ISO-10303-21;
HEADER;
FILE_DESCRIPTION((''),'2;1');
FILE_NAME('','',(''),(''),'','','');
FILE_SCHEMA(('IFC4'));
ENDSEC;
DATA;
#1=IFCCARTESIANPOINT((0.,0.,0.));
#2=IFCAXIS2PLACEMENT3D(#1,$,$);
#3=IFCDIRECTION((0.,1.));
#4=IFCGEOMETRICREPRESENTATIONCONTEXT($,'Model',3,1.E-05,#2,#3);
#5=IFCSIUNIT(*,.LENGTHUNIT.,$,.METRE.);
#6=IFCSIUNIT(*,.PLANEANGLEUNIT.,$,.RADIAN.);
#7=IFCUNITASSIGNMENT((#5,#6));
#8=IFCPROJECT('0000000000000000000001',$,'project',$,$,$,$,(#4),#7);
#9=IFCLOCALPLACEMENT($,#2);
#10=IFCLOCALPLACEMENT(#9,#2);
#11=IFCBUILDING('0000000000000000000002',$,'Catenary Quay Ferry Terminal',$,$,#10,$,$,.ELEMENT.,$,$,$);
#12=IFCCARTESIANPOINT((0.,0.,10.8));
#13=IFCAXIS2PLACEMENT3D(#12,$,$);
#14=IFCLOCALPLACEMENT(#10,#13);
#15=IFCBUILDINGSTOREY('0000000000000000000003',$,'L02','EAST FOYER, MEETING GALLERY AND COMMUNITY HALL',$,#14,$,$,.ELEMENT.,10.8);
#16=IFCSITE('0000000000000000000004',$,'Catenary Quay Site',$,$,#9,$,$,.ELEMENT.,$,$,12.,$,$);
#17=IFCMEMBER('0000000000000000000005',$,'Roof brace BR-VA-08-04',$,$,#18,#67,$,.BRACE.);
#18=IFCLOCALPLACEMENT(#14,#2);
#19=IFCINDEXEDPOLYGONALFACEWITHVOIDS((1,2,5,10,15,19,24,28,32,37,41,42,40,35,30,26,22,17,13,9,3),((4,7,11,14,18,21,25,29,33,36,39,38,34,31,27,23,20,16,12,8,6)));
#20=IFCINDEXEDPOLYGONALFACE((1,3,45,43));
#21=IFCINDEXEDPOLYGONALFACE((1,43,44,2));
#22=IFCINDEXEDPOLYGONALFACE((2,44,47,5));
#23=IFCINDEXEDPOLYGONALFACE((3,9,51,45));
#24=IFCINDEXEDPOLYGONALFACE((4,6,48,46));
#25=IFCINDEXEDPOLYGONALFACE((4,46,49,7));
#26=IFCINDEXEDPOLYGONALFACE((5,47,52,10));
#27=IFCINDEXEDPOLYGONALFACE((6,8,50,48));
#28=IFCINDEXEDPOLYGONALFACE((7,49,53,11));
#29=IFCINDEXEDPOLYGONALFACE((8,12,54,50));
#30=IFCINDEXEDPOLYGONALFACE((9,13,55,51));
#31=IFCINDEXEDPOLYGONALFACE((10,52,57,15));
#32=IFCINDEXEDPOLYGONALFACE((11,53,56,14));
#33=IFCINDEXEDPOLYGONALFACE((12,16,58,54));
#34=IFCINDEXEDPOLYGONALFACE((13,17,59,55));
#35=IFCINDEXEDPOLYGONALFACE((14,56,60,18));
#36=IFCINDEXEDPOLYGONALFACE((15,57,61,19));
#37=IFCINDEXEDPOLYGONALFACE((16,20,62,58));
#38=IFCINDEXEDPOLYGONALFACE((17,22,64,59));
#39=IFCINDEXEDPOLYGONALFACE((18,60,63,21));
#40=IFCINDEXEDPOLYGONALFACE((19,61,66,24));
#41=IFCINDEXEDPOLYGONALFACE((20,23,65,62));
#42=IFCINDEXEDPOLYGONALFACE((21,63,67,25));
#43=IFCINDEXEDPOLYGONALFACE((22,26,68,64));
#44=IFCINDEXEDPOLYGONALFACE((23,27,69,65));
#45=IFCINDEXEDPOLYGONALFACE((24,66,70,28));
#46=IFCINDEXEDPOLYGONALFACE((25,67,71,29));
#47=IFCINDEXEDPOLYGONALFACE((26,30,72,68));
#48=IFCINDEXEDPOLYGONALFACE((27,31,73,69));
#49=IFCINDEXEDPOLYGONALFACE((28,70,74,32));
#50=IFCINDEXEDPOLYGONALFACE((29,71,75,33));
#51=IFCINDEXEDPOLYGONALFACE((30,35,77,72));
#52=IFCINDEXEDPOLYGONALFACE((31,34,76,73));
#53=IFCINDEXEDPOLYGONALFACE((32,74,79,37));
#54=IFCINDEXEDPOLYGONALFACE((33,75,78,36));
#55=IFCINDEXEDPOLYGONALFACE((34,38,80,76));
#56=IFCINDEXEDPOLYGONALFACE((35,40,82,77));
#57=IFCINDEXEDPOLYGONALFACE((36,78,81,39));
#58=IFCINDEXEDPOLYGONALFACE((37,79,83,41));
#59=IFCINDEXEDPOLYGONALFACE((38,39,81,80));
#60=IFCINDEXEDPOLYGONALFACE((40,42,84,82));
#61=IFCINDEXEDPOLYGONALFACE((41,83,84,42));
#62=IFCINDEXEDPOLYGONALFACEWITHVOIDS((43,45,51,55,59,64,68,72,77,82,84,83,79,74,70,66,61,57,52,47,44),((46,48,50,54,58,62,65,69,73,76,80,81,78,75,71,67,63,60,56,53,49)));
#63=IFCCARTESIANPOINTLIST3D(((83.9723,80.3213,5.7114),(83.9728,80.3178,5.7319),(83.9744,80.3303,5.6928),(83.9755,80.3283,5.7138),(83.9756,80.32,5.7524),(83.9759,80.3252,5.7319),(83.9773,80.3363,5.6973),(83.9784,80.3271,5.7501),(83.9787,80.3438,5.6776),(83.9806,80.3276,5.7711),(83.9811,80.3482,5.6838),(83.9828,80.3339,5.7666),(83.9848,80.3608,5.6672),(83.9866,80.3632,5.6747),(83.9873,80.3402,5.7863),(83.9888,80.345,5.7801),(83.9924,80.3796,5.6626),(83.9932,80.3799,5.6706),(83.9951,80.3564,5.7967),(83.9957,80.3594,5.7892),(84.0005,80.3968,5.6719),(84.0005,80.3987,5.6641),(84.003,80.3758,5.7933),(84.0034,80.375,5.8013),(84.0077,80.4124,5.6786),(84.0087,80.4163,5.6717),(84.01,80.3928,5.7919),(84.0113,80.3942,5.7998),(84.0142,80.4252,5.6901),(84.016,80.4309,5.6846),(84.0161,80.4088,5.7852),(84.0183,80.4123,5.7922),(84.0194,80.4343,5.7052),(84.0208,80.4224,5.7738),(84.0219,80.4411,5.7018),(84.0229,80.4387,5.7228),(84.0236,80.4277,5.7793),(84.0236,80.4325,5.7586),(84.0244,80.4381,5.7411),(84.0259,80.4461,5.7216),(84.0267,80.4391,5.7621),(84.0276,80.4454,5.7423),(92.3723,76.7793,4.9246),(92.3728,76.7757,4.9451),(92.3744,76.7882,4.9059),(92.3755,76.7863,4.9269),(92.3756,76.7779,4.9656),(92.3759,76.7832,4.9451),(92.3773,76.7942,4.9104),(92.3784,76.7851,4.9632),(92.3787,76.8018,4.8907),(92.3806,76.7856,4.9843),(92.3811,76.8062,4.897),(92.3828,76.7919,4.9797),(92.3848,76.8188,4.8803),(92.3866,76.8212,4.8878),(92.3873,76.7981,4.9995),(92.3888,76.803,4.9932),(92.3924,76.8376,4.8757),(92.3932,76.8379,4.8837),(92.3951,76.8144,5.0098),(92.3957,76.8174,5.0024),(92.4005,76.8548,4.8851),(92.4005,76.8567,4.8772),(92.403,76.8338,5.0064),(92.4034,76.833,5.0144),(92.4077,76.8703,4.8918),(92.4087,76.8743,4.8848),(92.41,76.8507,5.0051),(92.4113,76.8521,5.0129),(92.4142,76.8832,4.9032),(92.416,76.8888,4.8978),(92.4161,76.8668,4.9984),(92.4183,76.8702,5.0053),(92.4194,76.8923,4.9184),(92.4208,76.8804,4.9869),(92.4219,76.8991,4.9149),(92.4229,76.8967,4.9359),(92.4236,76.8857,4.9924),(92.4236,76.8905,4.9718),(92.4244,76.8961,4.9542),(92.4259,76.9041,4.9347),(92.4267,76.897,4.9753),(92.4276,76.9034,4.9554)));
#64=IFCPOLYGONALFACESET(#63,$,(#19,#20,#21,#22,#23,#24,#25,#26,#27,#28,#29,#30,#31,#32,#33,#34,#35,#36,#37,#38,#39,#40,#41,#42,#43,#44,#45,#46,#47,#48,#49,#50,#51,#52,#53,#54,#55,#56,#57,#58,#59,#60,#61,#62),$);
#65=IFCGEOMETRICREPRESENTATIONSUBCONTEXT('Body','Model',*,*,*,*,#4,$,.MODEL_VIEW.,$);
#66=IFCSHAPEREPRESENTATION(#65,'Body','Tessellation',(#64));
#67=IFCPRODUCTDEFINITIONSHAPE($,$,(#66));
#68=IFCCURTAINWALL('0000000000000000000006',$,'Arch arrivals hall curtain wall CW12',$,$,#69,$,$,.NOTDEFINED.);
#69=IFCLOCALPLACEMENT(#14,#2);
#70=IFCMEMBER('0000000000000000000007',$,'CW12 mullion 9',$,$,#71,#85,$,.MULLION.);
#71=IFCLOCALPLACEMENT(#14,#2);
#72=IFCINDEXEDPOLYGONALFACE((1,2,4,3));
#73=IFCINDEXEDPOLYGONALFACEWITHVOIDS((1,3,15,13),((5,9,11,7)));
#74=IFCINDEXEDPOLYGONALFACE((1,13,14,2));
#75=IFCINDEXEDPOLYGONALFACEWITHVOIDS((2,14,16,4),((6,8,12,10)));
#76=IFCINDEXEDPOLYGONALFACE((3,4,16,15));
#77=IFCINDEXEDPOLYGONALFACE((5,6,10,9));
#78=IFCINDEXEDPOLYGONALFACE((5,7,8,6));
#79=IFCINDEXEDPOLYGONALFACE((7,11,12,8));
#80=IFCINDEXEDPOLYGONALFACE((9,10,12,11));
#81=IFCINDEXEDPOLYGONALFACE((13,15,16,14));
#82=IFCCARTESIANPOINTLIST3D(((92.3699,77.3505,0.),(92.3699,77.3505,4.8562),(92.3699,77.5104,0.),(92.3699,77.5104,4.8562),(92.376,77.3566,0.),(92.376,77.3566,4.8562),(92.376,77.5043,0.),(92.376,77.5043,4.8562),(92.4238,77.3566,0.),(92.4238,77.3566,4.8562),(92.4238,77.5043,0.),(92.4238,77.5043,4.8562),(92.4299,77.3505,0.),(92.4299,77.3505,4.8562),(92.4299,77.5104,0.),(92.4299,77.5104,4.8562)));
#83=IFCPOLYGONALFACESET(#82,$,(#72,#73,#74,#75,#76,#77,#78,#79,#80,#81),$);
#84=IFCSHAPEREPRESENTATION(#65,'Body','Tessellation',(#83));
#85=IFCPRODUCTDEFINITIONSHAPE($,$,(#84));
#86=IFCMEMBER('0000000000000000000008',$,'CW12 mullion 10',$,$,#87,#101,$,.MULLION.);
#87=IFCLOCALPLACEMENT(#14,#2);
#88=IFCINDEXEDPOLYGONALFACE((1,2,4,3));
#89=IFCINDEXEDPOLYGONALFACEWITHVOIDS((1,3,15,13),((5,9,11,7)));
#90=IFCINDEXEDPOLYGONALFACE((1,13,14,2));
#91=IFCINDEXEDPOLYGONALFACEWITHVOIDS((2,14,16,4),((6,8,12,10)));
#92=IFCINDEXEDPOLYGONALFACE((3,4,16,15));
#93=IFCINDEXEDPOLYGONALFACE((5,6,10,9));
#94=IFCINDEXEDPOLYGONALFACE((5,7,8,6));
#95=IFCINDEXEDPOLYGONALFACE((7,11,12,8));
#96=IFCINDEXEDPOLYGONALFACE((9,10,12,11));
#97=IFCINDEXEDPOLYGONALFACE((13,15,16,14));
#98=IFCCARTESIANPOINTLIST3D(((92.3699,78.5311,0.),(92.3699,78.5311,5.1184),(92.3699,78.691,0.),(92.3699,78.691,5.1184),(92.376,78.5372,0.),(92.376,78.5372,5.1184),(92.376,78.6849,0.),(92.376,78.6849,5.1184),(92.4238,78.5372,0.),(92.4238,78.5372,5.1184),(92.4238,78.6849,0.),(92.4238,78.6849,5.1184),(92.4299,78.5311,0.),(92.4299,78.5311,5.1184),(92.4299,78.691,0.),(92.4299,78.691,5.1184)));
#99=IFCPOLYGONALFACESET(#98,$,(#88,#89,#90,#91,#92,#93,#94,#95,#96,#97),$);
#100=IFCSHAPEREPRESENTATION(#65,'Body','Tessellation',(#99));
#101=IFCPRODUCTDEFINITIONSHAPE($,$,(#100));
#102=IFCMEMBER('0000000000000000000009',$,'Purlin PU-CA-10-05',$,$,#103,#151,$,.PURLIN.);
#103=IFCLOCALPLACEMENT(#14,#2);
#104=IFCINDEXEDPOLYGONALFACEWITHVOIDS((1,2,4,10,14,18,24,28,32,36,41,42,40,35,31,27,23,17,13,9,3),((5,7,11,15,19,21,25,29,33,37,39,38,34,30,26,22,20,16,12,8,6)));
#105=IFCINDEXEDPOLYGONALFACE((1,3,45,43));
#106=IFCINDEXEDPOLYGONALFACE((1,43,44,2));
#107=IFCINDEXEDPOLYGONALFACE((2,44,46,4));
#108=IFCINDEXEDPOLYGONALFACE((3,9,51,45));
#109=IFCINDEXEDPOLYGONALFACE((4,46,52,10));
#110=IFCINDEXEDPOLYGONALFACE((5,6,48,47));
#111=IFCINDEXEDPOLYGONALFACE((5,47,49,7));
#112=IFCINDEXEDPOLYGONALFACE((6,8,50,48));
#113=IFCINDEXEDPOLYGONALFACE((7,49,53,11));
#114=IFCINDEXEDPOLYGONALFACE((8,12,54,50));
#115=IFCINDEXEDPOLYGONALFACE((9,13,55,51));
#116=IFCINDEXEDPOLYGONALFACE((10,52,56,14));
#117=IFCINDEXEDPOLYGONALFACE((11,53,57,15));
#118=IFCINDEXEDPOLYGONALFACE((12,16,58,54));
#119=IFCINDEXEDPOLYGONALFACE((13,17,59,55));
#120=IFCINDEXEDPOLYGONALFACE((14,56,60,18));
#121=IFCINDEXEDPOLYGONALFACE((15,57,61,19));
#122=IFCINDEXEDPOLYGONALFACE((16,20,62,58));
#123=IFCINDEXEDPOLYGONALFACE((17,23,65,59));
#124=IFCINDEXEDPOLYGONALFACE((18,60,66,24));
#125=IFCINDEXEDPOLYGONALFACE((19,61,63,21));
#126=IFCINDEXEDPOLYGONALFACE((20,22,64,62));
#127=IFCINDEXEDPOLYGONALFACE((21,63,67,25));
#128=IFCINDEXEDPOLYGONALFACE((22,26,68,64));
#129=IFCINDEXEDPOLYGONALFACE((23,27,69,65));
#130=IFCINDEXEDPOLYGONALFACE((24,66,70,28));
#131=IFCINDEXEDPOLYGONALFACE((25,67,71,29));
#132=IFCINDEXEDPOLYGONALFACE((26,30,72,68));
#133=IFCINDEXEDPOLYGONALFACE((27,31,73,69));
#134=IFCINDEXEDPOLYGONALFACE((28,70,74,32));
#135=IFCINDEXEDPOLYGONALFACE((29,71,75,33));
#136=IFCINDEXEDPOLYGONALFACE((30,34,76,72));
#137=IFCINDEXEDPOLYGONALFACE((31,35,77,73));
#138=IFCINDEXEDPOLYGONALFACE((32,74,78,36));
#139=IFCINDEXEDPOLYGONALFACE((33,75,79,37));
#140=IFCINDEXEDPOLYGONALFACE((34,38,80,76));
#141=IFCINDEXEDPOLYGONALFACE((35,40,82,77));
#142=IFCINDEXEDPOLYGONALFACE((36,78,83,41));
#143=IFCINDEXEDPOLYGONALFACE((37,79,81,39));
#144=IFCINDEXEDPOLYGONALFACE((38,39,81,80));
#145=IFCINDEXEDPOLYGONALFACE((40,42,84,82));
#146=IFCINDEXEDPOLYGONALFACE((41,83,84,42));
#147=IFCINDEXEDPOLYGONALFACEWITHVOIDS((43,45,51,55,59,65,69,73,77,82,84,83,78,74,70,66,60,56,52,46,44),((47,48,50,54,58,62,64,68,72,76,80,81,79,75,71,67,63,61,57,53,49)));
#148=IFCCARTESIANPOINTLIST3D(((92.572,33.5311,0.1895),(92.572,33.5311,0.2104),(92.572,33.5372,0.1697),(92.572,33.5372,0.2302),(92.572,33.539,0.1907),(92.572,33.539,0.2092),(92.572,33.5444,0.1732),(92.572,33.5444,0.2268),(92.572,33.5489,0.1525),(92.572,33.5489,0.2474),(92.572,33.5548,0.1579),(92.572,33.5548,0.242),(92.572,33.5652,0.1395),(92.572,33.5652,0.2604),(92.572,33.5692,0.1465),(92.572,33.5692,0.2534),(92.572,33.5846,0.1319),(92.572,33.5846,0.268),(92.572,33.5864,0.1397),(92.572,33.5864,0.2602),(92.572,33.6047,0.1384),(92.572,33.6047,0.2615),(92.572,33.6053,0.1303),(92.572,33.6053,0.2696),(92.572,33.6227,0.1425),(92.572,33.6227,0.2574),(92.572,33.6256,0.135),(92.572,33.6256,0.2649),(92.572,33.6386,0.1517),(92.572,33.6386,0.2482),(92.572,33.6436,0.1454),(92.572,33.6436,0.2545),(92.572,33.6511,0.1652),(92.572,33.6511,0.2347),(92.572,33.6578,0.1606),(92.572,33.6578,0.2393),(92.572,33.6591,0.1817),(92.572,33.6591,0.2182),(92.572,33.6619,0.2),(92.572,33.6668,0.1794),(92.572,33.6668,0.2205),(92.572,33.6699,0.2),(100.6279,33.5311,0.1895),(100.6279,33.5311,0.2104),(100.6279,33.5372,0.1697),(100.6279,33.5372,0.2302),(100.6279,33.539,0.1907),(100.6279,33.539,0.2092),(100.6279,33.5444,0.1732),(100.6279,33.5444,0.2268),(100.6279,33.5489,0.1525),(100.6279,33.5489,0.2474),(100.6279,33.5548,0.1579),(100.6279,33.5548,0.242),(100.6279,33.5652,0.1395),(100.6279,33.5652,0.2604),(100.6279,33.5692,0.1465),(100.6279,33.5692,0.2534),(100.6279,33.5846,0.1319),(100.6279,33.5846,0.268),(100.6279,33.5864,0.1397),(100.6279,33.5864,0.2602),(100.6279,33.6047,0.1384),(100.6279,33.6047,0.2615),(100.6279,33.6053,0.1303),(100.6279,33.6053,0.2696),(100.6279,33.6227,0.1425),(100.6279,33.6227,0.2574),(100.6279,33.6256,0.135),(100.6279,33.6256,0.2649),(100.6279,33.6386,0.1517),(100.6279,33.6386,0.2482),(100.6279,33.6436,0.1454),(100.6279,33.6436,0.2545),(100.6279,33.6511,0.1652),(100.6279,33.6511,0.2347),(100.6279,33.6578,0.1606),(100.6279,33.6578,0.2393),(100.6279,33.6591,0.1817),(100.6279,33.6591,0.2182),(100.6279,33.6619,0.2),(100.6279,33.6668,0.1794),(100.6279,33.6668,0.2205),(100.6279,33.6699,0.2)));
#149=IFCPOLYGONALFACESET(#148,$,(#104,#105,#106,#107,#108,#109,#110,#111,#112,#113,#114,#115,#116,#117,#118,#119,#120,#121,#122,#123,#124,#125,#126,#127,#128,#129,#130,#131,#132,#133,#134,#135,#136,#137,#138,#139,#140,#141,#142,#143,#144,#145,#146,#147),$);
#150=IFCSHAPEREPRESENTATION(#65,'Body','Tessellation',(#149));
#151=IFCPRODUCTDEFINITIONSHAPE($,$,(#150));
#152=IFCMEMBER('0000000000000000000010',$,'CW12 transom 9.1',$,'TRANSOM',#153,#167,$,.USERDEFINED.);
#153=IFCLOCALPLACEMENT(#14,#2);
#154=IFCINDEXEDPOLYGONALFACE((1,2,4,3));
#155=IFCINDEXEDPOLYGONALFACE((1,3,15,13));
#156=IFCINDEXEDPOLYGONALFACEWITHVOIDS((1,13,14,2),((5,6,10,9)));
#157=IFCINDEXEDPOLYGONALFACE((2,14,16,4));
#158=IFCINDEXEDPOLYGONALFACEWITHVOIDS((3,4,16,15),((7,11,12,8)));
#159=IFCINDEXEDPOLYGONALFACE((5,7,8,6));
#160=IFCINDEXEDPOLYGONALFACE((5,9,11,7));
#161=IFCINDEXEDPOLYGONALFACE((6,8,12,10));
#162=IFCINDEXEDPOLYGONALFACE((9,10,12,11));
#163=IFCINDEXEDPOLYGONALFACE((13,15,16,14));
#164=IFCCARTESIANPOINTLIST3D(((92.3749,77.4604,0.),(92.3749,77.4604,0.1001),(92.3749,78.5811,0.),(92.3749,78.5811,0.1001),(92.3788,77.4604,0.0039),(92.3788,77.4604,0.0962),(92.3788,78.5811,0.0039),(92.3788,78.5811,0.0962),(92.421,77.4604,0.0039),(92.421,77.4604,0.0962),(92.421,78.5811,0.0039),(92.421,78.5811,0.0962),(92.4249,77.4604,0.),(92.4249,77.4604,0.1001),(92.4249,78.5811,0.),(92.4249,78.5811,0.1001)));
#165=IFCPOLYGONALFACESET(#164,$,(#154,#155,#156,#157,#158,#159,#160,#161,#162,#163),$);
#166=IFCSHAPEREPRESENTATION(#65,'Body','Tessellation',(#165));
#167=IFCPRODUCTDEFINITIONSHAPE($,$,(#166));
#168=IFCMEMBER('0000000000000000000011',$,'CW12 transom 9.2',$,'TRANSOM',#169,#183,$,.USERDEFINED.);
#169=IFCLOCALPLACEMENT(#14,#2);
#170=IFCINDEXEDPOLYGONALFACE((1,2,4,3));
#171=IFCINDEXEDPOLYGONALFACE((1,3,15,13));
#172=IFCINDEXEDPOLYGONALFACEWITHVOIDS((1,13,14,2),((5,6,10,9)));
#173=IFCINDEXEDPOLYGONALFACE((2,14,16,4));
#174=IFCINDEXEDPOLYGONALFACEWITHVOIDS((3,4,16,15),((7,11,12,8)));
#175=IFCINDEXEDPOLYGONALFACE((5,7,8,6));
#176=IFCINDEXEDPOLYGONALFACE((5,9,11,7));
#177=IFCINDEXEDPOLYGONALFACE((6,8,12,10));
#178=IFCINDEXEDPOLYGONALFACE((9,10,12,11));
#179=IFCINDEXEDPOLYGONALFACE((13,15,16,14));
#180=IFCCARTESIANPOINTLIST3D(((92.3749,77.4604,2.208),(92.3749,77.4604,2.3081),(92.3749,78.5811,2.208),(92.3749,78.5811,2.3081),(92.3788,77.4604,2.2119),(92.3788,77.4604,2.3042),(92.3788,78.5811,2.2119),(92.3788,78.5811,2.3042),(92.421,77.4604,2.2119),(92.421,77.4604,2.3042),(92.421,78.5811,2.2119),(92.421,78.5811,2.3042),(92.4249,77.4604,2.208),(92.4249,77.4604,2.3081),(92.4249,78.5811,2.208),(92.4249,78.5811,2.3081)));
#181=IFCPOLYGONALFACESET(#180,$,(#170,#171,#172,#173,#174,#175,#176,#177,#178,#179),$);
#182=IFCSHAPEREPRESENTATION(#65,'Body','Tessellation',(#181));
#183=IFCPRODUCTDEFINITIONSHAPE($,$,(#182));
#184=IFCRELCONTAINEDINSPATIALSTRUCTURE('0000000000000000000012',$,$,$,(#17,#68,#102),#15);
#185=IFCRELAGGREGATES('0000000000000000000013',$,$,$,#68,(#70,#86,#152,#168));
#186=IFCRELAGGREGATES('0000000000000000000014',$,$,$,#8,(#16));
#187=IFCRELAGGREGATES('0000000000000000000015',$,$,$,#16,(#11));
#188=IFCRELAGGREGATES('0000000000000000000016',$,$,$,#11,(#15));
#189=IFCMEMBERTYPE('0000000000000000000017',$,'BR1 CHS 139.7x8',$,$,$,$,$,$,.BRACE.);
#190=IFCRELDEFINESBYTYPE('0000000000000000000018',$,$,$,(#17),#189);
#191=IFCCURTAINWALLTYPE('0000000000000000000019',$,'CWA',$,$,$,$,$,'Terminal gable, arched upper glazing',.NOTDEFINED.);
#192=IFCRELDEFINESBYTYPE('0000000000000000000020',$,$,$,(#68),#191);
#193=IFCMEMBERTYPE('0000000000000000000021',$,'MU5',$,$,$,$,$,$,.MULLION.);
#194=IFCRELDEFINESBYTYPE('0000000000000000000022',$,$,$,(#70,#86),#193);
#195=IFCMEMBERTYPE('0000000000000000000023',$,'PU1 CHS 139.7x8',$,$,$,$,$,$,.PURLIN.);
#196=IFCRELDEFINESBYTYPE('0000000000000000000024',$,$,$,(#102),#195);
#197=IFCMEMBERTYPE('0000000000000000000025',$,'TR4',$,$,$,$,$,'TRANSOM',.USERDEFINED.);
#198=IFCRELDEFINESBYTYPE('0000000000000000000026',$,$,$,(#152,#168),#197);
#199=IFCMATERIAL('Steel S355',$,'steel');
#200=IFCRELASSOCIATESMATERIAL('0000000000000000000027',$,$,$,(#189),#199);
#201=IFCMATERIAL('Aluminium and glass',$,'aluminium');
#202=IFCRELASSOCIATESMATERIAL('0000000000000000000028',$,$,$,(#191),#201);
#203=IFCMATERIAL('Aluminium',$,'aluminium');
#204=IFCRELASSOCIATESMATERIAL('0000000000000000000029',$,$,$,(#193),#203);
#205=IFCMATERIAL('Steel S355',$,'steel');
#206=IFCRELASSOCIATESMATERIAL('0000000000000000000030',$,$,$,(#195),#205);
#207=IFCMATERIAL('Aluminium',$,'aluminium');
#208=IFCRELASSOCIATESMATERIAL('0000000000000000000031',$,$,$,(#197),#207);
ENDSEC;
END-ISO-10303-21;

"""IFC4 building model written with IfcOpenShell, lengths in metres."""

from ifc_helpers import new_model, si_unit, direction, frame, origin, origin_2d, place, context, subcontext, project, spatial, hollow_rectangle, hollow_circle, extrude, material, material_profile, profile_set, type_object, element, aggregate, save


model = new_model("IFC4")

# Units and contexts
model_context = context("Model", 3, precision=1e-05, world=origin(), true_north=direction((0.0, 1.0)))
body_context = subcontext(model_context, "Body", "Model", "MODEL_VIEW")
ifc_project = project(units=[si_unit("LENGTHUNIT", "METRE"), si_unit("PLANEANGLEUNIT", "RADIAN")], contexts=[model_context])

# Site, building, storey
site_placement = place(None, origin())
site = spatial("IfcSite", under=ifc_project, at=site_placement, Name="Catenary Quay Site", CompositionType="ELEMENT", RefElevation=12.0)
building_placement = place(site_placement, origin())
building = spatial("IfcBuilding", under=site, at=building_placement, Name="Catenary Quay Ferry Terminal", CompositionType="ELEMENT")
storey_placement = place(building_placement, frame((0.0, 0.0, 10.8)))
storey = spatial("IfcBuildingStorey", under=building, at=storey_placement, Name="L02", Description="EAST FOYER, MEETING GALLERY AND COMMUNITY HALL", CompositionType="ELEMENT", Elevation=10.8)

# Member
ifc_material_1 = material(Name="Steel S355", Category="steel")
ifc_material_profile_1 = material_profile(ifc_material_1, hollow_circle(Radius=0.0698, WallThickness=0.0081, at=origin_2d()), Name="CHS 139.7x8")
ifc_profile_set_1 = profile_set([ifc_material_profile_1], Name="Steel S355")
member_type_1 = type_object("IfcMemberType", Name="BR1 CHS 139.7x8", PredefinedType="BRACE", material=ifc_profile_set_1)
member_1_placement = place(storey_placement, frame((92.3999, 76.8401, 4.9451), z_axis=(-0.918018, 0.387101, 0.085996), x_axis=(-0.388541, -0.921432, 0.0)))
element("IfcMember", 1, at=member_1_placement, inside=storey, type_object=member_type_1, Name="Roof brace BR-VA-08-04", PredefinedType="BRACE", context=body_context, shape_type="SweptSolid", body=[
    extrude(hollow_circle(Radius=0.0698, WallThickness=0.0081, at=origin_2d()), origin(), (0.0, 0.0, 1.0), 9.1501),
])

# Curtain wall, members
ifc_material_2 = material(Name="Aluminium and glass", Category="aluminium")
curtain_wall_type = type_object("IfcCurtainWallType", Name="CWA", ElementType="Terminal gable, arched upper glazing", PredefinedType="NOTDEFINED", material=ifc_material_2)
curtain_wall_placement = place(storey_placement, origin())
curtain_wall = element("IfcCurtainWall", 2, at=curtain_wall_placement, inside=storey, type_object=curtain_wall_type, Name="Arch arrivals hall curtain wall CW12", PredefinedType="NOTDEFINED")
ifc_material_3 = material(Name="Aluminium", Category="aluminium")
ifc_material_profile_2 = material_profile(ifc_material_3, hollow_rectangle(XDim=0.0601, YDim=0.1599, WallThickness=0.0061, at=origin_2d()), Name="MU5")
ifc_profile_set_2 = profile_set([ifc_material_profile_2], Name="Aluminium")
member_type_2 = type_object("IfcMemberType", Name="MU5", PredefinedType="MULLION", material=ifc_profile_set_2)
member_2_placement = place(storey_placement, frame((92.3999, 77.4304, 0.0), z_axis=(0.0, 0.0, 1.0), x_axis=(-1.0, 0.0, 0.0)))
member_2 = element("IfcMember", 3, at=member_2_placement, type_object=member_type_2, Name="CW12 mullion 9", PredefinedType="MULLION", context=body_context, shape_type="SweptSolid", body=[
    extrude(hollow_rectangle(XDim=0.0601, YDim=0.1599, WallThickness=0.0061, at=origin_2d()), origin(), (0.0, 0.0, 1.0), 4.8562),
])
member_3_placement = place(storey_placement, frame((92.3999, 78.6111, 0.0), z_axis=(0.0, 0.0, 1.0), x_axis=(-1.0, 0.0, 0.0)))
member_3 = element("IfcMember", 4, at=member_3_placement, type_object=member_type_2, Name="CW12 mullion 10", PredefinedType="MULLION", context=body_context, shape_type="SweptSolid", body=[
    extrude(hollow_rectangle(XDim=0.0601, YDim=0.1599, WallThickness=0.0061, at=origin_2d()), origin(), (0.0, 0.0, 1.0), 5.1184),
])

# Members
ifc_material_4 = material(Name="Steel S355", Category="steel")
ifc_material_profile_3 = material_profile(ifc_material_4, hollow_circle(Radius=0.0698, WallThickness=0.0081, at=origin_2d()), Name="CHS 139.7x8")
ifc_profile_set_3 = profile_set([ifc_material_profile_3], Name="Steel S355")
member_type_3 = type_object("IfcMemberType", Name="PU1 CHS 139.7x8", PredefinedType="PURLIN", material=ifc_profile_set_3)
member_4_placement = place(storey_placement, frame((92.572, 33.6001, 0.2), z_axis=(1.0, 0.0, 0.0), x_axis=(0.0, 1.0, 0.0)))
element("IfcMember", 5, at=member_4_placement, inside=storey, type_object=member_type_3, Name="Purlin PU-CA-10-05", PredefinedType="PURLIN", context=body_context, shape_type="SweptSolid", body=[
    extrude(hollow_circle(Radius=0.0698, WallThickness=0.0081, at=origin_2d()), origin(), (0.0, 0.0, 1.0), 8.0559),
])
ifc_material_5 = material(Name="Aluminium", Category="aluminium")
ifc_material_profile_4 = material_profile(ifc_material_5, hollow_rectangle(XDim=0.05, YDim=0.1001, WallThickness=0.0039, at=origin_2d()), Name="TR4")
ifc_profile_set_4 = profile_set([ifc_material_profile_4], Name="Aluminium")
member_type_4 = type_object("IfcMemberType", Name="TR4", ElementType="TRANSOM", PredefinedType="USERDEFINED", material=ifc_profile_set_4)
member_5_placement = place(storey_placement, frame((92.3999, 77.4604, 0.05), z_axis=(0.0, 1.0, 0.0), x_axis=(-1.0, 0.0, 0.0)))
member_5 = element("IfcMember", 6, at=member_5_placement, type_object=member_type_4, Name="CW12 transom 9.1", ObjectType="TRANSOM", PredefinedType="USERDEFINED", context=body_context, shape_type="SweptSolid", body=[
    extrude(hollow_rectangle(XDim=0.05, YDim=0.1001, WallThickness=0.0039, at=origin_2d()), origin(), (0.0, 0.0, 1.0), 1.1206),
])
member_6_placement = place(storey_placement, frame((92.3999, 77.4604, 2.2581), z_axis=(0.0, 1.0, 0.0), x_axis=(-1.0, 0.0, 0.0)))
member_6 = element("IfcMember", 7, at=member_6_placement, type_object=member_type_4, Name="CW12 transom 9.2", ObjectType="TRANSOM", PredefinedType="USERDEFINED", context=body_context, shape_type="SweptSolid", body=[
    extrude(hollow_rectangle(XDim=0.05, YDim=0.1001, WallThickness=0.0039, at=origin_2d()), origin(), (0.0, 0.0, 1.0), 1.1206),
])

aggregate(curtain_wall, [member_2, member_3, member_5, member_6])

save(model, "model.ifc")
